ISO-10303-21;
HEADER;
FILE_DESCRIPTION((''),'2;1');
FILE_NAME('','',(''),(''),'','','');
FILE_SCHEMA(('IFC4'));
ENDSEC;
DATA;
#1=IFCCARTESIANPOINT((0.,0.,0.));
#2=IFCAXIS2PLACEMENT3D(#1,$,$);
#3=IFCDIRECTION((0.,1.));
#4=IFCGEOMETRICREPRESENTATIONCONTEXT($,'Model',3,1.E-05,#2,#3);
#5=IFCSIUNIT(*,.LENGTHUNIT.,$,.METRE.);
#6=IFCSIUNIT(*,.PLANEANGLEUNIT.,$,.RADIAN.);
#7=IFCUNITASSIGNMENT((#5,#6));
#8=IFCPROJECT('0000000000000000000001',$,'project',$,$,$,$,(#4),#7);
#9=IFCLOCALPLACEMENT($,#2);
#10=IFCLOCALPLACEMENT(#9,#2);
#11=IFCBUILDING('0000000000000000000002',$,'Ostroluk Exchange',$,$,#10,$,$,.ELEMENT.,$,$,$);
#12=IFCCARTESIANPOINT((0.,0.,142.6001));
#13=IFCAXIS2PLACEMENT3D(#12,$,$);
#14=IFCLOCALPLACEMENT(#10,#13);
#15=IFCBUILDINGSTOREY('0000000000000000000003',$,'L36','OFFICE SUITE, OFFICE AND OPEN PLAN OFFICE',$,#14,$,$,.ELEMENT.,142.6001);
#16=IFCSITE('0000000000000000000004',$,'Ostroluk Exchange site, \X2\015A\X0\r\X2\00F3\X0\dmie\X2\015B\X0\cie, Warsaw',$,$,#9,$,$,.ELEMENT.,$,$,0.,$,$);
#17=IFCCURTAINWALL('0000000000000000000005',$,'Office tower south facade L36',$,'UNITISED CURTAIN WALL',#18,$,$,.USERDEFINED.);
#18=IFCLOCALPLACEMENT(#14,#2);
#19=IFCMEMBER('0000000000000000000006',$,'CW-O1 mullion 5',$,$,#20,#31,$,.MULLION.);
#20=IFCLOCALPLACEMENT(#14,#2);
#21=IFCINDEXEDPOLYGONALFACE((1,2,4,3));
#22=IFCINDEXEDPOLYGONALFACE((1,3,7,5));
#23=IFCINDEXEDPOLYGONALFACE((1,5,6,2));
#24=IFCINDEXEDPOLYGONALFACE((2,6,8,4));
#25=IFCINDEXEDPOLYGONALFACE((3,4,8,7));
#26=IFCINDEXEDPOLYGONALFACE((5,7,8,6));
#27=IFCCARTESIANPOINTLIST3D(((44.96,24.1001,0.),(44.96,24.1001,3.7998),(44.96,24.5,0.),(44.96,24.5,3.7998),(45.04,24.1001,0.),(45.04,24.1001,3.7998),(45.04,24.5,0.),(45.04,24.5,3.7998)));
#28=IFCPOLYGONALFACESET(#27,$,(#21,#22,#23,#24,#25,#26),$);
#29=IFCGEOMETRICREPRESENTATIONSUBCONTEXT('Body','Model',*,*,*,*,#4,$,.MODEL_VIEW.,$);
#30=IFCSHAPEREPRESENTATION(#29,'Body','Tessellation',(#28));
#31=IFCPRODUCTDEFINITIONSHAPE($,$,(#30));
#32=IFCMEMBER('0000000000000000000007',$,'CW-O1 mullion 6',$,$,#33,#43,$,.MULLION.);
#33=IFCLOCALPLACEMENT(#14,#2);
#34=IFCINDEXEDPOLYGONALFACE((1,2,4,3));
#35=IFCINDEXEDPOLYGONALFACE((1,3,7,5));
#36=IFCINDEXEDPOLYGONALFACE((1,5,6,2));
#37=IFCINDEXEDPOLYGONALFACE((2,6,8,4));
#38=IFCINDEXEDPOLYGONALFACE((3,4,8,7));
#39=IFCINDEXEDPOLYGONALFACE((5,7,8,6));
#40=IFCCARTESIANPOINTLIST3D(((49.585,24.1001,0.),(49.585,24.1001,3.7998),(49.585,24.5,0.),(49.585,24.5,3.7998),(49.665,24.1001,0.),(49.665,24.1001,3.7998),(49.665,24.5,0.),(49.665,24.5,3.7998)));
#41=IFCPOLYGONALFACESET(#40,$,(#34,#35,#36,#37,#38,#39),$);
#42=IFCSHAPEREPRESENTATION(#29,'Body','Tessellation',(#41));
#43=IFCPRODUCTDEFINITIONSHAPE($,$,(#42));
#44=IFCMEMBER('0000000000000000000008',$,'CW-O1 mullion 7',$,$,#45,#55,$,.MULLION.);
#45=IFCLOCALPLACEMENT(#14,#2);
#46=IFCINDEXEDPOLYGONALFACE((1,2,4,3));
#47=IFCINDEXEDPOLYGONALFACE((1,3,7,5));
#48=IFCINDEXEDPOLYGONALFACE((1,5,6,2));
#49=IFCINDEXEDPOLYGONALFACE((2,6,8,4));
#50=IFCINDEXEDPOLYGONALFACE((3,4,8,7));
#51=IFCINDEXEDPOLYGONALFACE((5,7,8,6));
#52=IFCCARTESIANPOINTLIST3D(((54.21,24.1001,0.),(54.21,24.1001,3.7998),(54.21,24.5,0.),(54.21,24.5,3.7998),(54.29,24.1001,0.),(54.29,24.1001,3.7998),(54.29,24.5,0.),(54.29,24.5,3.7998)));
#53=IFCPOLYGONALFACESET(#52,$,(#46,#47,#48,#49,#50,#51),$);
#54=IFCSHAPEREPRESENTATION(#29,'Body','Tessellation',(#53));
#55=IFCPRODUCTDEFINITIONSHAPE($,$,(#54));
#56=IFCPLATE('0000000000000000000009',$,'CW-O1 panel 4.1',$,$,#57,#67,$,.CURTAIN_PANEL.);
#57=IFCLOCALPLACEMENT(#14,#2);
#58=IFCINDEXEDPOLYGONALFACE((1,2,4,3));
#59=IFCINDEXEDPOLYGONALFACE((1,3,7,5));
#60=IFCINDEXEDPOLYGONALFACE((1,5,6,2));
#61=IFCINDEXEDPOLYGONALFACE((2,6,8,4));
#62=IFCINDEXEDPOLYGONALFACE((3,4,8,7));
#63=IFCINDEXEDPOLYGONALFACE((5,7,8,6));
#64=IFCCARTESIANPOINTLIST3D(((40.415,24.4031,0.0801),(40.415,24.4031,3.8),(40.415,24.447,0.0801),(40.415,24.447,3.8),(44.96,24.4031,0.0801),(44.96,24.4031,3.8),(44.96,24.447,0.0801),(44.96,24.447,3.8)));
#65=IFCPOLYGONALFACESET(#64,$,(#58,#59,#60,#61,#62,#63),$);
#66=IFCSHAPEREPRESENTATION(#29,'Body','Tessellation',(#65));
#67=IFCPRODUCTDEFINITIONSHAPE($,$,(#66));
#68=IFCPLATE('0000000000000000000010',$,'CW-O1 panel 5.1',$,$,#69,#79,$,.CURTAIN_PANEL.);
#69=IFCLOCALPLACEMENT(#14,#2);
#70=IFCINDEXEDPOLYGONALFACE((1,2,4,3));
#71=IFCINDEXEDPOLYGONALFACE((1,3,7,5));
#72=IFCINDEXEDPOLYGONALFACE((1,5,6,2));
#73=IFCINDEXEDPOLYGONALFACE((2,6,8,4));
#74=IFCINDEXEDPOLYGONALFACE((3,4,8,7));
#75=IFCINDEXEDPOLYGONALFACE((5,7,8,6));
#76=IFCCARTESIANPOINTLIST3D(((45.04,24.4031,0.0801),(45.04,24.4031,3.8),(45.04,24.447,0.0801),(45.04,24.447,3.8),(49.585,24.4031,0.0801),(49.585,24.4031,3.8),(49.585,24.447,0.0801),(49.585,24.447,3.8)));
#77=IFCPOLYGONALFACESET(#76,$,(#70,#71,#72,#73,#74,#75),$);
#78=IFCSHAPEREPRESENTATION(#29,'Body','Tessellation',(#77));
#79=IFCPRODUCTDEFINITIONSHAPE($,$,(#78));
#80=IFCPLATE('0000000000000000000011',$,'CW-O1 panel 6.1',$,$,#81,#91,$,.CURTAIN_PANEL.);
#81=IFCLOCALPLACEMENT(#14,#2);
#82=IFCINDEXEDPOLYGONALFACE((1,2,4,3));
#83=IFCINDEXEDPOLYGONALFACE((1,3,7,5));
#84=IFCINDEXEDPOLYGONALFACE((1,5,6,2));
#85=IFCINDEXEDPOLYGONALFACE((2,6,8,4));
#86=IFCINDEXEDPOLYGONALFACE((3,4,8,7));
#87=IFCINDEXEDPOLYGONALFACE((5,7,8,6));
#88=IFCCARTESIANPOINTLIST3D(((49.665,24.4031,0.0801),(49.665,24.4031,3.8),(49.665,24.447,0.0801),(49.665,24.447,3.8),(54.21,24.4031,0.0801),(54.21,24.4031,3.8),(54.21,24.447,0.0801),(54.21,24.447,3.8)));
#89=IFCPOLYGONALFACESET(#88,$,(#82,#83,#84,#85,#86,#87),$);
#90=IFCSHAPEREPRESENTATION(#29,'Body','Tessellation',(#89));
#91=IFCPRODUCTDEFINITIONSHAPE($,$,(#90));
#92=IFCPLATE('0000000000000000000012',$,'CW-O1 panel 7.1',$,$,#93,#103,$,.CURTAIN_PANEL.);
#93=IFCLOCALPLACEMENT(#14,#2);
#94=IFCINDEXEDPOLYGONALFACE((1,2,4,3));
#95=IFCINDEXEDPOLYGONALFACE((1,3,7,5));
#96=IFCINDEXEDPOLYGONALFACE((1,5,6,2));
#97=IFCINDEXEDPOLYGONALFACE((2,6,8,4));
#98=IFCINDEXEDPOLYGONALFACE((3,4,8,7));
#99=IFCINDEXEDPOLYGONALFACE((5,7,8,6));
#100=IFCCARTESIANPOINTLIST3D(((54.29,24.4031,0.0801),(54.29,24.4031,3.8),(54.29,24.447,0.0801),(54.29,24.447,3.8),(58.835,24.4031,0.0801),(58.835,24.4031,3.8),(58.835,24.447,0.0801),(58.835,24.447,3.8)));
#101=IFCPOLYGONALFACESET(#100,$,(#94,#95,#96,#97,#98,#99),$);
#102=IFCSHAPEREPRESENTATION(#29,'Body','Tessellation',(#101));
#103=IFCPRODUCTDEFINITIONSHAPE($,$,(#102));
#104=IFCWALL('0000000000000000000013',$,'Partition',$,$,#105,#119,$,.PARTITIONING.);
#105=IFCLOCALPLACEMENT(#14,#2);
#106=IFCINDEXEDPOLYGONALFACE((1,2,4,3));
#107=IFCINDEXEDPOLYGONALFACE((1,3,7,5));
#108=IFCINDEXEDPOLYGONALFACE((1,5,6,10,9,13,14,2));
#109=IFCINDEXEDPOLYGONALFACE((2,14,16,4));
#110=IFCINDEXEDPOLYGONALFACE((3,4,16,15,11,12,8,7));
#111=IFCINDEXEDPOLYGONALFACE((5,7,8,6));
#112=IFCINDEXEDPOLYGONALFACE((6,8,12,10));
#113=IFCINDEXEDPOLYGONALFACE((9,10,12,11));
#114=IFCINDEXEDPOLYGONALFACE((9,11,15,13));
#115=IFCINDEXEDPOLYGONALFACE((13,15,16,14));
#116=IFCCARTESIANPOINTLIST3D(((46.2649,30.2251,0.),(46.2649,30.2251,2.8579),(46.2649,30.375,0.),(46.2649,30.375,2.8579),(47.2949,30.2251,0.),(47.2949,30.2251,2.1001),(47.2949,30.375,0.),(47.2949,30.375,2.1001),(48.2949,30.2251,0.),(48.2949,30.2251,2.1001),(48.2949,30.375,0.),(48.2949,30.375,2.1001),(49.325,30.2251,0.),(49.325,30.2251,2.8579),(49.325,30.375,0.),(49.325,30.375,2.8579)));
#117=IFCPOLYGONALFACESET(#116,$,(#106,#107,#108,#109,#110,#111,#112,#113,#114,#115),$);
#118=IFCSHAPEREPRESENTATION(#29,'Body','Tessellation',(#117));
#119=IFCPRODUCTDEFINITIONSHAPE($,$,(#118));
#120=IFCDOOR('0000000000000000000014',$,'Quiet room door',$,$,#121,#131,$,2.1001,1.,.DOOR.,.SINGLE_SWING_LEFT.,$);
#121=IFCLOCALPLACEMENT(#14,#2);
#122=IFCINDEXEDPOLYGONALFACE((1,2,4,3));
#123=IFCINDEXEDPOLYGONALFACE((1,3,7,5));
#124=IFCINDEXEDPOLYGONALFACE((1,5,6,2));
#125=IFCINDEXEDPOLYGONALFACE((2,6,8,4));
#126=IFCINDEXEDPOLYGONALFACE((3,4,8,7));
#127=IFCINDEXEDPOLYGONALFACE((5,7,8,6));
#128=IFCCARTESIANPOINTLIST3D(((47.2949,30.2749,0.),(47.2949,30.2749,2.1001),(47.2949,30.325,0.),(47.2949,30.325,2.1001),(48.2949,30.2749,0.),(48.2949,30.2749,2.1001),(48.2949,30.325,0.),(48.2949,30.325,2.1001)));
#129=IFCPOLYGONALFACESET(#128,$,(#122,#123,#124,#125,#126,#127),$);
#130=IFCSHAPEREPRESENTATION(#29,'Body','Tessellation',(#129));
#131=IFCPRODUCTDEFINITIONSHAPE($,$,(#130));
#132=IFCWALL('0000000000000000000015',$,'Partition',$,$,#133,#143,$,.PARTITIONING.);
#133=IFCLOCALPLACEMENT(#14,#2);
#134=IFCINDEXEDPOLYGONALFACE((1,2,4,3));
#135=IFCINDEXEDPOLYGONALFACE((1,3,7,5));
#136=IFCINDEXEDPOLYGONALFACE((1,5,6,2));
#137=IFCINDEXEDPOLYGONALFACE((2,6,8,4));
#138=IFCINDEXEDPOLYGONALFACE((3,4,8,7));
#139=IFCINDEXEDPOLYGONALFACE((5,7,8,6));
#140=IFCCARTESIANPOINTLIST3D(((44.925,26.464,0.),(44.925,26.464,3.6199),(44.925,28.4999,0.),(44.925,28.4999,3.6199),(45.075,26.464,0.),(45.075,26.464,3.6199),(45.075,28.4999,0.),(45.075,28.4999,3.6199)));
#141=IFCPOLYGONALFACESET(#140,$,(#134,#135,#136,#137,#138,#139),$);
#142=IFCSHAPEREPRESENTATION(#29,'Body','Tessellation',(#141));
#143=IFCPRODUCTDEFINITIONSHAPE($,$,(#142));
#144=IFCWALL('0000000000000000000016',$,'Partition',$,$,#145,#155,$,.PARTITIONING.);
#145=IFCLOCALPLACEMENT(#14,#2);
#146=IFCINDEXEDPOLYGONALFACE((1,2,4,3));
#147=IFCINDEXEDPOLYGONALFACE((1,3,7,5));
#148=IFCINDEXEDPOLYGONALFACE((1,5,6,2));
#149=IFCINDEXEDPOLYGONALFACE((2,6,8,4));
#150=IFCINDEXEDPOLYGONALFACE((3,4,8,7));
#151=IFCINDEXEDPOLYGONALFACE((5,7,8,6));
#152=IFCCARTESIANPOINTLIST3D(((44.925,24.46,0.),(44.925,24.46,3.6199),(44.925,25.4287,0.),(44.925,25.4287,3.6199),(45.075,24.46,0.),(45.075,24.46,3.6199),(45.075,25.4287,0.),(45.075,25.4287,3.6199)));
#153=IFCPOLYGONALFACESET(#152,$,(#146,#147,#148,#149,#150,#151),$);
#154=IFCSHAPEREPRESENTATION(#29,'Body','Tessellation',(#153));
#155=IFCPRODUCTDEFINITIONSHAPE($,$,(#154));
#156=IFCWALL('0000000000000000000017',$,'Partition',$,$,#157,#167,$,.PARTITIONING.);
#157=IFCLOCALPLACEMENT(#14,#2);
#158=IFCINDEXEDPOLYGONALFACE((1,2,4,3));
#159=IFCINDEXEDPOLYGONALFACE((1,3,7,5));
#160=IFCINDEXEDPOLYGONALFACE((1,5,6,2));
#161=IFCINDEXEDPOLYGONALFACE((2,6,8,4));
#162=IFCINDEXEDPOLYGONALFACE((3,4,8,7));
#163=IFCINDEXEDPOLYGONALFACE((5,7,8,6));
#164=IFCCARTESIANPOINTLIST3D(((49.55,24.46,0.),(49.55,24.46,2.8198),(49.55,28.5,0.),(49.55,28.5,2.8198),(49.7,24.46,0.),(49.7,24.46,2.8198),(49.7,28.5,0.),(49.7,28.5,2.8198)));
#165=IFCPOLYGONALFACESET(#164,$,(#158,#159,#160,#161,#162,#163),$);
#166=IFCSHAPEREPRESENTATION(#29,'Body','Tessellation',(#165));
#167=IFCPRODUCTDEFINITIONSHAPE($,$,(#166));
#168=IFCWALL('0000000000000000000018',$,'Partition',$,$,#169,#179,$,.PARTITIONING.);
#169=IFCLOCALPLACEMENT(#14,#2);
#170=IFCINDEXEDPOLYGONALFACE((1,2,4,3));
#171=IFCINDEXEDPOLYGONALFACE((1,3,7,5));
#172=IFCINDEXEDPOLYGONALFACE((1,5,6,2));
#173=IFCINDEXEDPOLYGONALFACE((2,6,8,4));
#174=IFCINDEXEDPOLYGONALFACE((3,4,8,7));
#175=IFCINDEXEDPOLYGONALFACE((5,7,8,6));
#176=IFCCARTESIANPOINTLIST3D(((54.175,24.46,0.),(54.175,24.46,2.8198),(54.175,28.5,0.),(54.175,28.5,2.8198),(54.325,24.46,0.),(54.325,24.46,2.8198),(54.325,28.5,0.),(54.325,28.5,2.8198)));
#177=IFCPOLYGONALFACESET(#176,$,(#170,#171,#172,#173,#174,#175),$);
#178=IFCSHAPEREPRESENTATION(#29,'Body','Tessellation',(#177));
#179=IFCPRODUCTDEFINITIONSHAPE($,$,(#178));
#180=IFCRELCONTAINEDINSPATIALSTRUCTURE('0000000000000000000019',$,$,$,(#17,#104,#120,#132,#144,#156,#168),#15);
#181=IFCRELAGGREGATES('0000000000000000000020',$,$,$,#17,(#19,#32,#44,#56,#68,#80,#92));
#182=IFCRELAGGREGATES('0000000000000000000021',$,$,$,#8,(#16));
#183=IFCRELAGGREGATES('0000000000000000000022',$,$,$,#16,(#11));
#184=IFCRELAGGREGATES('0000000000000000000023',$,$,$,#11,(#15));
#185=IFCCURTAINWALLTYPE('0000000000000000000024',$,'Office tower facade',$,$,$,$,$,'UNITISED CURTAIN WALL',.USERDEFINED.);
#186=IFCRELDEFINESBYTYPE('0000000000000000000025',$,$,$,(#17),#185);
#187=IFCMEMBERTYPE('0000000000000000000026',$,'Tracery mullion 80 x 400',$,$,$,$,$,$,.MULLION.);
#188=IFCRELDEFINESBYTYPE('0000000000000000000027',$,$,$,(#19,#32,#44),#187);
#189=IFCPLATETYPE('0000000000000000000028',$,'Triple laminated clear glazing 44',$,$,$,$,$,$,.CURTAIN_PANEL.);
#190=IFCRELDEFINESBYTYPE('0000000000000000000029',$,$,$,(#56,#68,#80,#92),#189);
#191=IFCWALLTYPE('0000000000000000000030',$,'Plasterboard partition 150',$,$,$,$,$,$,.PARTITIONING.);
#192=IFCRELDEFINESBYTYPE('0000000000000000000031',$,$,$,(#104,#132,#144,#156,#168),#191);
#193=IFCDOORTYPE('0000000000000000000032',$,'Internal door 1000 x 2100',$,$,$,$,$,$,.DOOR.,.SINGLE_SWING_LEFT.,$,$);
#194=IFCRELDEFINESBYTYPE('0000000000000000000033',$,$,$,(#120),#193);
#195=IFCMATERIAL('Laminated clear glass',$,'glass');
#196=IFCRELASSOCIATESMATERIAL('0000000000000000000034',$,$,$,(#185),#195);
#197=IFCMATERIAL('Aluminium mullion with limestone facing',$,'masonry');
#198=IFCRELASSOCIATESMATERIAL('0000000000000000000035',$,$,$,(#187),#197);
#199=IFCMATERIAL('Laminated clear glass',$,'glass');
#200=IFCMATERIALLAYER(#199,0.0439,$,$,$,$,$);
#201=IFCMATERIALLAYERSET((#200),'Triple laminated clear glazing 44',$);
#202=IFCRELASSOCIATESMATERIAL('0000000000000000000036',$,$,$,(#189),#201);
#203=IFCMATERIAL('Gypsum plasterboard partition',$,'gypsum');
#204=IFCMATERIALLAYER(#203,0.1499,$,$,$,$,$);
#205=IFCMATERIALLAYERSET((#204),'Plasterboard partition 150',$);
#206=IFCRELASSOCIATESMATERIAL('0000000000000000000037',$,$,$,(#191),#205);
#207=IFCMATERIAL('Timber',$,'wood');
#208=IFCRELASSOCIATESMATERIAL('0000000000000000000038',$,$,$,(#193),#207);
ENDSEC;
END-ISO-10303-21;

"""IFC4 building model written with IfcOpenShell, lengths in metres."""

from ifc_helpers import new_model, si_unit, direction, frame, frame_2d, origin, origin_2d, place, context, subcontext, project, spatial, rectangle, extrude, material, layer, layer_set, material_profile, profile_set, type_object, element, fill, aggregate, save


model = new_model("IFC4")

# Units and contexts
model_context = context("Model", 3, precision=1e-05, world=origin(), true_north=direction((0.0, 1.0)))
body_context = subcontext(model_context, "Body", "Model", "MODEL_VIEW")
ifc_project = project(units=[si_unit("LENGTHUNIT", "METRE"), si_unit("PLANEANGLEUNIT", "RADIAN")], contexts=[model_context])

# Site, building, storey
site_placement = place(None, origin())
site = spatial("IfcSite", under=ifc_project, at=site_placement, Name="Ostroluk Exchange site, Śródmieście, Warsaw", CompositionType="ELEMENT", RefElevation=0.0)
building_placement = place(site_placement, origin())
building = spatial("IfcBuilding", under=site, at=building_placement, Name="Ostroluk Exchange", CompositionType="ELEMENT")
storey_placement = place(building_placement, frame((0.0, 0.0, 142.6001)))
storey = spatial("IfcBuildingStorey", under=building, at=storey_placement, Name="L36", Description="OFFICE SUITE, OFFICE AND OPEN PLAN OFFICE", CompositionType="ELEMENT", Elevation=142.6001)

# Curtain wall, members, plates
ifc_material_1 = material(Name="Laminated clear glass", Category="glass")
curtain_wall_type = type_object("IfcCurtainWallType", Name="Office tower facade", ElementType="UNITISED CURTAIN WALL", PredefinedType="USERDEFINED", material=ifc_material_1)
curtain_wall_placement = place(storey_placement, origin())
curtain_wall = element("IfcCurtainWall", 1, at=curtain_wall_placement, inside=storey, type_object=curtain_wall_type, Name="Office tower south facade L36", ObjectType="UNITISED CURTAIN WALL", PredefinedType="USERDEFINED")
ifc_material_2 = material(Name="Aluminium mullion with limestone facing", Category="masonry")
ifc_material_profile_1 = material_profile(ifc_material_2, rectangle(XDim=0.3999, YDim=0.0801, at=origin_2d()), Name="Tracery mullion 80 x 400")
ifc_profile_set_1 = profile_set([ifc_material_profile_1], Name="Aluminium mullion with limestone facing")
member_type_1 = type_object("IfcMemberType", Name="Tracery mullion 80 x 400", PredefinedType="MULLION", material=ifc_profile_set_1)
member_1_placement = place(storey_placement, frame((45.0, 24.3, 0.0), z_axis=(0.0, 0.0, 1.0), x_axis=(0.0, 1.0, 0.0)))
member_1 = element("IfcMember", 2, at=member_1_placement, type_object=member_type_1, Name="CW-O1 mullion 5", PredefinedType="MULLION", context=body_context, shape_type="SweptSolid", body=[
    extrude(rectangle(XDim=0.3999, YDim=0.0801, at=origin_2d()), origin(), (0.0, 0.0, 1.0), 3.7998),
])
member_2_placement = place(storey_placement, frame((49.625, 24.3, 0.0), z_axis=(0.0, 0.0, 1.0), x_axis=(0.0, 1.0, 0.0)))
member_2 = element("IfcMember", 3, at=member_2_placement, type_object=member_type_1, Name="CW-O1 mullion 6", PredefinedType="MULLION", context=body_context, shape_type="SweptSolid", body=[
    extrude(rectangle(XDim=0.3999, YDim=0.0801, at=origin_2d()), origin(), (0.0, 0.0, 1.0), 3.7998),
])
member_3_placement = place(storey_placement, frame((54.25, 24.3, 0.0), z_axis=(0.0, 0.0, 1.0), x_axis=(0.0, 1.0, 0.0)))
member_3 = element("IfcMember", 4, at=member_3_placement, type_object=member_type_1, Name="CW-O1 mullion 7", PredefinedType="MULLION", context=body_context, shape_type="SweptSolid", body=[
    extrude(rectangle(XDim=0.3999, YDim=0.0801, at=origin_2d()), origin(), (0.0, 0.0, 1.0), 3.7998),
])
ifc_material_3 = material(Name="Laminated clear glass", Category="glass")
ifc_layer_1 = layer(ifc_material_3, 0.0439)
ifc_layer_set_1 = layer_set([ifc_layer_1], Name="Triple laminated clear glazing 44")
plate_type = type_object("IfcPlateType", Name="Triple laminated clear glazing 44", PredefinedType="CURTAIN_PANEL", material=ifc_layer_set_1)
plate_1_placement = place(storey_placement, frame((42.6875, 24.425, 0.0801), z_axis=(0.0, 0.0, 1.0), x_axis=(1.0, 0.0, 0.0)))
plate_1 = element("IfcPlate", 5, at=plate_1_placement, type_object=plate_type, Name="CW-O1 panel 4.1", PredefinedType="CURTAIN_PANEL", context=body_context, shape_type="SweptSolid", body=[
    extrude(rectangle(XDim=4.5449, YDim=0.0439, at=origin_2d()), origin(), (0.0, 0.0, 1.0), 3.72),
])
plate_2_placement = place(storey_placement, frame((47.3125, 24.425, 0.0801), z_axis=(0.0, 0.0, 1.0), x_axis=(1.0, 0.0, 0.0)))
plate_2 = element("IfcPlate", 6, at=plate_2_placement, type_object=plate_type, Name="CW-O1 panel 5.1", PredefinedType="CURTAIN_PANEL", context=body_context, shape_type="SweptSolid", body=[
    extrude(rectangle(XDim=4.5449, YDim=0.0439, at=origin_2d()), origin(), (0.0, 0.0, 1.0), 3.72),
])
plate_3_placement = place(storey_placement, frame((51.9375, 24.425, 0.0801), z_axis=(0.0, 0.0, 1.0), x_axis=(1.0, 0.0, 0.0)))
plate_3 = element("IfcPlate", 7, at=plate_3_placement, type_object=plate_type, Name="CW-O1 panel 6.1", PredefinedType="CURTAIN_PANEL", context=body_context, shape_type="SweptSolid", body=[
    extrude(rectangle(XDim=4.5449, YDim=0.0439, at=origin_2d()), origin(), (0.0, 0.0, 1.0), 3.72),
])
plate_4_placement = place(storey_placement, frame((56.5625, 24.425, 0.0801), z_axis=(0.0, 0.0, 1.0), x_axis=(1.0, 0.0, 0.0)))
plate_4 = element("IfcPlate", 8, at=plate_4_placement, type_object=plate_type, Name="CW-O1 panel 7.1", PredefinedType="CURTAIN_PANEL", context=body_context, shape_type="SweptSolid", body=[
    extrude(rectangle(XDim=4.5449, YDim=0.0439, at=origin_2d()), origin(), (0.0, 0.0, 1.0), 3.72),
])
aggregate(curtain_wall, [member_1, member_2, member_3, plate_1, plate_2, plate_3, plate_4])

# Wall, opening, door
ifc_material_4 = material(Name="Gypsum plasterboard partition", Category="gypsum")
ifc_layer_2 = layer(ifc_material_4, 0.1499)
ifc_layer_set_2 = layer_set([ifc_layer_2], Name="Plasterboard partition 150")
wall_type = type_object("IfcWallType", Name="Plasterboard partition 150", PredefinedType="PARTITIONING", material=ifc_layer_set_2)
wall_1_placement = place(storey_placement, frame((46.2649, 30.3, 0.0), z_axis=(0.0, 0.0, 1.0), x_axis=(1.0, 0.0, 0.0)))
wall_1 = element("IfcWall", 9, at=wall_1_placement, inside=storey, type_object=wall_type, Name="Partition", PredefinedType="PARTITIONING", context=body_context, shape_type="SweptSolid", body=[
    extrude(rectangle(XDim=3.0601, YDim=0.1499, at=frame_2d((1.53, 0.0))), origin(), (0.0, 0.0, 1.0), 2.8579),
])
opening_placement = place(wall_1_placement, frame((1.03, 0.0, 0.0)))
opening = element("IfcOpeningElement", 10, at=opening_placement, cuts=wall_1, PredefinedType="OPENING", context=body_context, shape_type="SweptSolid", body=[
    extrude(rectangle(XDim=1.0, YDim=2.1001, at=frame_2d((0.5, 1.05))), frame((0.0, 0.085, 0.0), z_axis=(0.0, -1.0, 0.0), x_axis=(1.0, 0.0, 0.0)), (0.0, 0.0, 1.0), 0.1699),
])
ifc_material_5 = material(Name="Timber", Category="wood")
door_type = type_object("IfcDoorType", Name="Internal door 1000 x 2100", OperationType="SINGLE_SWING_LEFT", PredefinedType="DOOR", material=ifc_material_5)
door_placement = place(opening_placement, origin())
door = element("IfcDoor", 11, at=door_placement, inside=storey, type_object=door_type, Name="Quiet room door", OperationType="SINGLE_SWING_LEFT", OverallHeight=2.1001, OverallWidth=1.0, PredefinedType="DOOR", context=body_context, shape_type="SweptSolid", body=[
    extrude(rectangle(XDim=1.0, YDim=2.1001, at=frame_2d((0.5, 1.05))), frame((0.0, 0.0249, 0.0), z_axis=(0.0, -1.0, 0.0), x_axis=(1.0, 0.0, 0.0)), (0.0, 0.0, 1.0), 0.05),
])
fill(opening, door)

# Walls
wall_2_placement = place(storey_placement, frame((45.0, 28.5, 0.0), z_axis=(0.0, 0.0, 1.0), x_axis=(0.0, -1.0, 0.0)))
element("IfcWall", 12, at=wall_2_placement, inside=storey, type_object=wall_type, Name="Partition", PredefinedType="PARTITIONING", context=body_context, shape_type="SweptSolid", body=[
    extrude(rectangle(XDim=2.0359, YDim=0.1499, at=frame_2d((1.0181, 0.0))), origin(), (0.0, 0.0, 1.0), 3.6199),
])
wall_3_placement = place(storey_placement, frame((45.0, 25.4287, 0.0), z_axis=(0.0, 0.0, 1.0), x_axis=(0.0, -1.0, 0.0)))
element("IfcWall", 13, at=wall_3_placement, inside=storey, type_object=wall_type, Name="Partition", PredefinedType="PARTITIONING", context=body_context, shape_type="SweptSolid", body=[
    extrude(rectangle(XDim=0.9688, YDim=0.1499, at=frame_2d((0.4844, 0.0))), origin(), (0.0, 0.0, 1.0), 3.6199),
])
for number, where, z_axis, x_axis, name in (
    (14, (49.625, 28.5, 0.0), (0.0, 0.0, 1.0), (0.0, -1.0, 0.0), "Partition"),
    (15, (54.25, 28.5, 0.0), (0.0, 0.0, 1.0), (0.0, -1.0, 0.0), "Partition"),
):
    element("IfcWall", number, at=place(storey_placement, frame(where, z_axis=z_axis, x_axis=x_axis)), inside=storey, type_object=wall_type, Name=name, PredefinedType="PARTITIONING", context=body_context, shape_type="SweptSolid", body=[
        extrude(rectangle(XDim=4.04, YDim=0.1499, at=frame_2d((2.02, 0.0))), origin(), (0.0, 0.0, 1.0), 2.8198),
    ])

save(model, "model.ifc")
